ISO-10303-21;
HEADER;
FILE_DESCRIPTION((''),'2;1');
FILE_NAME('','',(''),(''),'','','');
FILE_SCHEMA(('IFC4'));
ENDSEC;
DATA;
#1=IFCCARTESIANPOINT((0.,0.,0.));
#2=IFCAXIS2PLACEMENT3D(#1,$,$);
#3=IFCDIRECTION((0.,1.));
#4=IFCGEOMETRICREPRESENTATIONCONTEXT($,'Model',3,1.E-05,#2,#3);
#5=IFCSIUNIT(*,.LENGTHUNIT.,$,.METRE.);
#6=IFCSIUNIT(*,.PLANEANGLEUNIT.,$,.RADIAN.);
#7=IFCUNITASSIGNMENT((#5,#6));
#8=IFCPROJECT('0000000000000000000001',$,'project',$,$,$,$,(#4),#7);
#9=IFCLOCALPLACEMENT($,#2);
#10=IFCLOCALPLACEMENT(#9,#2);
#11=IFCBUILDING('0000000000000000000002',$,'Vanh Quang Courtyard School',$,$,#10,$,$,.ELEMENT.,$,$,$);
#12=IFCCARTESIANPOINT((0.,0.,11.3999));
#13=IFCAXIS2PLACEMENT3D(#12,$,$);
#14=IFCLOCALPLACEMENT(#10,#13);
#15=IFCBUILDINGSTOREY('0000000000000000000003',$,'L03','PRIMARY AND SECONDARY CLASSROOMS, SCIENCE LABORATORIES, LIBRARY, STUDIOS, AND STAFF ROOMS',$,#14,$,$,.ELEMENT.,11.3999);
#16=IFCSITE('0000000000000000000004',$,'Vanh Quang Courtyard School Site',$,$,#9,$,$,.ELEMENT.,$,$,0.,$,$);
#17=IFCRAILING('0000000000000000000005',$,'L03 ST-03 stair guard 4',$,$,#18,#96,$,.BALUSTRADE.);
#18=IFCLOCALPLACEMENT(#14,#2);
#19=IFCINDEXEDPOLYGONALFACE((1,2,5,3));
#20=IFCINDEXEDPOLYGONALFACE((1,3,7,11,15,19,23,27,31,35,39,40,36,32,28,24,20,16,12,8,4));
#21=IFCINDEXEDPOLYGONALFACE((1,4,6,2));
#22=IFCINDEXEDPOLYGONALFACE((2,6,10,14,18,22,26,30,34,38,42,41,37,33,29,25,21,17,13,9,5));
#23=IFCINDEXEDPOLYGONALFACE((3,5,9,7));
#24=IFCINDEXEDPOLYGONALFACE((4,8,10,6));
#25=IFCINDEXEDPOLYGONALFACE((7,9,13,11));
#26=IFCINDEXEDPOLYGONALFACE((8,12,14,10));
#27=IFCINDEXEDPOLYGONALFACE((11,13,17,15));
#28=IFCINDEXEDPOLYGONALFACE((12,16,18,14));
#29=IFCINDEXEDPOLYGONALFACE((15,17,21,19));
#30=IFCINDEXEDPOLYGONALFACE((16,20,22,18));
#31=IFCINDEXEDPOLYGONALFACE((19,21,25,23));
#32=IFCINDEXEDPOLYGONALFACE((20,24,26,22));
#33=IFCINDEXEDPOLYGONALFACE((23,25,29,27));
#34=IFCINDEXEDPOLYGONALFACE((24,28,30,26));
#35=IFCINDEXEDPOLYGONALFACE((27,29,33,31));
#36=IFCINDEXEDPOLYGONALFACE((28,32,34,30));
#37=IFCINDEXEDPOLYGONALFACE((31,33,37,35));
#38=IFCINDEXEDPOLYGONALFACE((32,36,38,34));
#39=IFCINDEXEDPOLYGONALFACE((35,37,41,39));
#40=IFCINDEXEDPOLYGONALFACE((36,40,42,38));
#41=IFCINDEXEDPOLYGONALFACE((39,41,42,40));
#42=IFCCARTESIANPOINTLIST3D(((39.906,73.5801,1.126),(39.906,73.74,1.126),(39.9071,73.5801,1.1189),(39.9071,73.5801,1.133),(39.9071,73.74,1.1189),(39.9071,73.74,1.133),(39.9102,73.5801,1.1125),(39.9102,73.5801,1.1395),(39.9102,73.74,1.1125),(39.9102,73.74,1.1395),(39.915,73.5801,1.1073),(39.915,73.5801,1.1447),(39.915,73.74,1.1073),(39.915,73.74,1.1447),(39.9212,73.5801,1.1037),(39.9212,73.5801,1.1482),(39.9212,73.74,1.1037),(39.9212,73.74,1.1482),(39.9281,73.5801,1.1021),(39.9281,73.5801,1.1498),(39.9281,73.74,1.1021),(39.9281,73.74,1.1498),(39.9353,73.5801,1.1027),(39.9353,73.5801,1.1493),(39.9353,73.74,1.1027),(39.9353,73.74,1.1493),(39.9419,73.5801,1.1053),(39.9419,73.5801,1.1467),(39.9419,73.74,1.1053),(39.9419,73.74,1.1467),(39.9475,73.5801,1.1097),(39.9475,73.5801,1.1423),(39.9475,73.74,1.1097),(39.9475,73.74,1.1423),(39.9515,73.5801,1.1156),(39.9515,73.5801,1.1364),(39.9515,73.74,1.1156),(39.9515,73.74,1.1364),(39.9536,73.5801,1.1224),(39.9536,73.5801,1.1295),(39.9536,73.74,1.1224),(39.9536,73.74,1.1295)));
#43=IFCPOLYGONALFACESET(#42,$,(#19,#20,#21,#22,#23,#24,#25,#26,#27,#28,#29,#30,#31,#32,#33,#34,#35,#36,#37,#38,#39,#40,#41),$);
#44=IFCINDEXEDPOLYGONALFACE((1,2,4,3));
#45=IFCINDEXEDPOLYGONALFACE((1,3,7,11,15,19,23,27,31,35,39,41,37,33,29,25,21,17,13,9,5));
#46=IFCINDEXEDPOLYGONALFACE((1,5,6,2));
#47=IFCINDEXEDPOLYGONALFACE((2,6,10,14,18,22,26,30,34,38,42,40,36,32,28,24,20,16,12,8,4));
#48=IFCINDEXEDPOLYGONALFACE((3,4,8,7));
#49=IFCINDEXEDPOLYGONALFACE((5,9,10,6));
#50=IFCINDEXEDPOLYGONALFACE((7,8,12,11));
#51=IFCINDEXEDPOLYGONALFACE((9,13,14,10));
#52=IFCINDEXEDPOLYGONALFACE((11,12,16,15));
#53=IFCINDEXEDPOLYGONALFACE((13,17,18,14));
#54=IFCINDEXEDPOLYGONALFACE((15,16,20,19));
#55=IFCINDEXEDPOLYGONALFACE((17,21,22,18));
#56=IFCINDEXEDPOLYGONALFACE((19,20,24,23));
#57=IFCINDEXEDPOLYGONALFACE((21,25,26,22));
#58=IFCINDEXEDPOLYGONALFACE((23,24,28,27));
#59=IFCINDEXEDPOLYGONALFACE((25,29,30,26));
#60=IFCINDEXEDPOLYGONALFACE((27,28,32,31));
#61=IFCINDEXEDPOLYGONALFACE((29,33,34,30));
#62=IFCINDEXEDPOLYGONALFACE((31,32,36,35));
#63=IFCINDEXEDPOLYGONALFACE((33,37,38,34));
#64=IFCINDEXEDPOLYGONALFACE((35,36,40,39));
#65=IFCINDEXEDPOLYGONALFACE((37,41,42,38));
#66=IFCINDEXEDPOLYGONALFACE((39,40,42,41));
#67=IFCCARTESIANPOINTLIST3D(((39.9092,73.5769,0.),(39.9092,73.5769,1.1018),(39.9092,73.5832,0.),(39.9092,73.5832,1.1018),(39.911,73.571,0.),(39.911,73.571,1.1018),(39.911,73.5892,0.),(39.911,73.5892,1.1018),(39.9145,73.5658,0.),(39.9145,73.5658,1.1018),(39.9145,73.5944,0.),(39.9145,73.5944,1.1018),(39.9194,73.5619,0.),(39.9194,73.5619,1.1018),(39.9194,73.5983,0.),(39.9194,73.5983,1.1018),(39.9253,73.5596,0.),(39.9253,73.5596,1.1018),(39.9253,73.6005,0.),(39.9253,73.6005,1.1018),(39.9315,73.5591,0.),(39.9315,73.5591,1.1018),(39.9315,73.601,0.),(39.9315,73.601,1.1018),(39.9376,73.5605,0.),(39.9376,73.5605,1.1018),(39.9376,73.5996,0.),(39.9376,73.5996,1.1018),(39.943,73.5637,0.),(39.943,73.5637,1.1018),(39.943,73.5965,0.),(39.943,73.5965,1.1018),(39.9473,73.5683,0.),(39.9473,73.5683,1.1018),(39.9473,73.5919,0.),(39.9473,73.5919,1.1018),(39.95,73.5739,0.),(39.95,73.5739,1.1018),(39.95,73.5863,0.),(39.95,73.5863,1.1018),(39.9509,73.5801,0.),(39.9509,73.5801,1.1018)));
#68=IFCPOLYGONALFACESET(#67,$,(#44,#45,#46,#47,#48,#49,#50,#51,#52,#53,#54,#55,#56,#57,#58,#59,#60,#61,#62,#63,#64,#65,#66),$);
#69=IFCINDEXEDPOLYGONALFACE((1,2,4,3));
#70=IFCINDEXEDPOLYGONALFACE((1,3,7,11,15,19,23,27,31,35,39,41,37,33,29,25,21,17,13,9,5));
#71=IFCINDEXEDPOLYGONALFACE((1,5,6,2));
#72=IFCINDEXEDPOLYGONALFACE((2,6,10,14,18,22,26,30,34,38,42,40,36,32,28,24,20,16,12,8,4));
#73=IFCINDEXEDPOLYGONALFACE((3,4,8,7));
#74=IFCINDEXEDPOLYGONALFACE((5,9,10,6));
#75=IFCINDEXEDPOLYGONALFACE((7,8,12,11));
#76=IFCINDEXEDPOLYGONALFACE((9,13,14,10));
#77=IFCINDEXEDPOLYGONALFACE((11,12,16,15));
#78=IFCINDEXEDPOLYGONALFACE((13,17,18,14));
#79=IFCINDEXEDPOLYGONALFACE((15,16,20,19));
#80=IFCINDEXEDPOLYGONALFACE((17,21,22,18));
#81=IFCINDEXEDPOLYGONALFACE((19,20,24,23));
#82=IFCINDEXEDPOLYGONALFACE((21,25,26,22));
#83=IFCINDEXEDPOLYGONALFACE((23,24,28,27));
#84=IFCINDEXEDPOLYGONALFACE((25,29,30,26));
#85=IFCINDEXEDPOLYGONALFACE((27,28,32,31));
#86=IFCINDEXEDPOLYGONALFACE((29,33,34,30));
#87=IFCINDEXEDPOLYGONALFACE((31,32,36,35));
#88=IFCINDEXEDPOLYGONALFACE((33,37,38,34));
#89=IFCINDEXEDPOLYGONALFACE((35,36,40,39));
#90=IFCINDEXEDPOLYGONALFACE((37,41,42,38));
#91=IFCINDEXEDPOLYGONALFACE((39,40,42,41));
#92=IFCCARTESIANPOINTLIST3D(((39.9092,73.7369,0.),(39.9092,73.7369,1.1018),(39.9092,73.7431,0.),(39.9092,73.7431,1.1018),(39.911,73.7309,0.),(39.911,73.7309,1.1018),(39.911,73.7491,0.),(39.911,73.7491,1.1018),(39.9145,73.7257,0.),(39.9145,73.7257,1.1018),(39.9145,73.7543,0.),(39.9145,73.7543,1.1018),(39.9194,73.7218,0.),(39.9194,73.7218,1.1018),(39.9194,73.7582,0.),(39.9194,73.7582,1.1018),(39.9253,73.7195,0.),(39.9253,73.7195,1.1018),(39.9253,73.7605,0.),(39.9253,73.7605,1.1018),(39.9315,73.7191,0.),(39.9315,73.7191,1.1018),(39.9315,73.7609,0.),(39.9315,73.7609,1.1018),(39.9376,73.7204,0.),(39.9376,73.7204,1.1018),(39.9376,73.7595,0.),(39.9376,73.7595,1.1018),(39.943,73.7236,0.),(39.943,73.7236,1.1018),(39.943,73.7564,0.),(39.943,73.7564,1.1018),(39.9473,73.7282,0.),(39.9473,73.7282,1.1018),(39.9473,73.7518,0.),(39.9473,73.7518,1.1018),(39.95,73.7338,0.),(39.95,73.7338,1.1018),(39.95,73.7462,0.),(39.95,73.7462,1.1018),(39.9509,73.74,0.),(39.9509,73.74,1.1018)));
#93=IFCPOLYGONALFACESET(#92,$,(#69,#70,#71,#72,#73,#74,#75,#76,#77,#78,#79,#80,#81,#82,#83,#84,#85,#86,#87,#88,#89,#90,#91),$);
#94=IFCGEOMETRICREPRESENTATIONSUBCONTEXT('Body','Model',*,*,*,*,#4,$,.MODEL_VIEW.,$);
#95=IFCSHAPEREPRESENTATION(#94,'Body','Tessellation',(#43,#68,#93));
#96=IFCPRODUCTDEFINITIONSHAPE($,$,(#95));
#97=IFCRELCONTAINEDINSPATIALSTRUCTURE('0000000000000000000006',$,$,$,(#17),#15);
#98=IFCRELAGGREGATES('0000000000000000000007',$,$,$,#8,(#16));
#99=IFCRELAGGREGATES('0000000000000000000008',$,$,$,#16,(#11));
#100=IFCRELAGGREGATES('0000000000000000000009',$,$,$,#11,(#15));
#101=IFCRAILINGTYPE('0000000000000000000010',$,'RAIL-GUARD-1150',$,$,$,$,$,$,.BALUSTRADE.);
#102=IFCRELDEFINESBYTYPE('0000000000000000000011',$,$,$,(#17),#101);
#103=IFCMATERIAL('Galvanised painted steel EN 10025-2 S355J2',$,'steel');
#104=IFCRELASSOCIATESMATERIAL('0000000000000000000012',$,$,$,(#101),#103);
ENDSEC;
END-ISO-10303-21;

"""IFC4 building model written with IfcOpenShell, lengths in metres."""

from ifc_helpers import new_model, si_unit, direction, frame, origin, origin_2d, place, context, subcontext, project, spatial, circle, extrude, material, type_object, element, save


model = new_model("IFC4")

# Units and contexts
model_context = context("Model", 3, precision=1e-05, world=origin(), true_north=direction((0.0, 1.0)))
body_context = subcontext(model_context, "Body", "Model", "MODEL_VIEW")
ifc_project = project(units=[si_unit("LENGTHUNIT", "METRE"), si_unit("PLANEANGLEUNIT", "RADIAN")], contexts=[model_context])

# Site, building, storey
site_placement = place(None, origin())
site = spatial("IfcSite", under=ifc_project, at=site_placement, Name="Vanh Quang Courtyard School Site", CompositionType="ELEMENT", RefElevation=0.0)
building_placement = place(site_placement, origin())
building = spatial("IfcBuilding", under=site, at=building_placement, Name="Vanh Quang Courtyard School", CompositionType="ELEMENT")
storey_placement = place(building_placement, frame((0.0, 0.0, 11.3999)))
storey = spatial("IfcBuildingStorey", under=building, at=storey_placement, Name="L03", Description="PRIMARY AND SECONDARY CLASSROOMS, SCIENCE LABORATORIES, LIBRARY, STUDIOS, AND STAFF ROOMS", CompositionType="ELEMENT", Elevation=11.3999)

# Railing
ifc_material_1 = material(Name="Galvanised painted steel EN 10025-2 S355J2", Category="steel")
railing_type_1 = type_object("IfcRailingType", Name="RAIL-GUARD-1150", PredefinedType="BALUSTRADE", material=ifc_material_1)
railing_1_placement = place(storey_placement, frame((39.9299, 73.5801, 0.0)))
element("IfcRailing", 1, at=railing_1_placement, inside=storey, type_object=railing_type_1, Name="L03 ST-03 stair guard 4", PredefinedType="BALUSTRADE", context=body_context, shape_type="SweptSolid", body=[
    extrude(circle(Radius=0.0239, at=origin_2d()), frame((0.0, 0.0, 1.126), z_axis=(0.0, 1.0, 0.0), x_axis=(-1.0, 0.0, 0.0)), (0.0, 0.0, 1.0), 0.1599),
    extrude(circle(Radius=0.021, at=origin_2d()), origin(), (0.0, 0.0, 1.0), 1.1018),
    extrude(circle(Radius=0.021, at=origin_2d()), frame((0.0, 0.1599, 0.0)), (0.0, 0.0, 1.0), 1.1018),
])

save(model, "model.ifc")
